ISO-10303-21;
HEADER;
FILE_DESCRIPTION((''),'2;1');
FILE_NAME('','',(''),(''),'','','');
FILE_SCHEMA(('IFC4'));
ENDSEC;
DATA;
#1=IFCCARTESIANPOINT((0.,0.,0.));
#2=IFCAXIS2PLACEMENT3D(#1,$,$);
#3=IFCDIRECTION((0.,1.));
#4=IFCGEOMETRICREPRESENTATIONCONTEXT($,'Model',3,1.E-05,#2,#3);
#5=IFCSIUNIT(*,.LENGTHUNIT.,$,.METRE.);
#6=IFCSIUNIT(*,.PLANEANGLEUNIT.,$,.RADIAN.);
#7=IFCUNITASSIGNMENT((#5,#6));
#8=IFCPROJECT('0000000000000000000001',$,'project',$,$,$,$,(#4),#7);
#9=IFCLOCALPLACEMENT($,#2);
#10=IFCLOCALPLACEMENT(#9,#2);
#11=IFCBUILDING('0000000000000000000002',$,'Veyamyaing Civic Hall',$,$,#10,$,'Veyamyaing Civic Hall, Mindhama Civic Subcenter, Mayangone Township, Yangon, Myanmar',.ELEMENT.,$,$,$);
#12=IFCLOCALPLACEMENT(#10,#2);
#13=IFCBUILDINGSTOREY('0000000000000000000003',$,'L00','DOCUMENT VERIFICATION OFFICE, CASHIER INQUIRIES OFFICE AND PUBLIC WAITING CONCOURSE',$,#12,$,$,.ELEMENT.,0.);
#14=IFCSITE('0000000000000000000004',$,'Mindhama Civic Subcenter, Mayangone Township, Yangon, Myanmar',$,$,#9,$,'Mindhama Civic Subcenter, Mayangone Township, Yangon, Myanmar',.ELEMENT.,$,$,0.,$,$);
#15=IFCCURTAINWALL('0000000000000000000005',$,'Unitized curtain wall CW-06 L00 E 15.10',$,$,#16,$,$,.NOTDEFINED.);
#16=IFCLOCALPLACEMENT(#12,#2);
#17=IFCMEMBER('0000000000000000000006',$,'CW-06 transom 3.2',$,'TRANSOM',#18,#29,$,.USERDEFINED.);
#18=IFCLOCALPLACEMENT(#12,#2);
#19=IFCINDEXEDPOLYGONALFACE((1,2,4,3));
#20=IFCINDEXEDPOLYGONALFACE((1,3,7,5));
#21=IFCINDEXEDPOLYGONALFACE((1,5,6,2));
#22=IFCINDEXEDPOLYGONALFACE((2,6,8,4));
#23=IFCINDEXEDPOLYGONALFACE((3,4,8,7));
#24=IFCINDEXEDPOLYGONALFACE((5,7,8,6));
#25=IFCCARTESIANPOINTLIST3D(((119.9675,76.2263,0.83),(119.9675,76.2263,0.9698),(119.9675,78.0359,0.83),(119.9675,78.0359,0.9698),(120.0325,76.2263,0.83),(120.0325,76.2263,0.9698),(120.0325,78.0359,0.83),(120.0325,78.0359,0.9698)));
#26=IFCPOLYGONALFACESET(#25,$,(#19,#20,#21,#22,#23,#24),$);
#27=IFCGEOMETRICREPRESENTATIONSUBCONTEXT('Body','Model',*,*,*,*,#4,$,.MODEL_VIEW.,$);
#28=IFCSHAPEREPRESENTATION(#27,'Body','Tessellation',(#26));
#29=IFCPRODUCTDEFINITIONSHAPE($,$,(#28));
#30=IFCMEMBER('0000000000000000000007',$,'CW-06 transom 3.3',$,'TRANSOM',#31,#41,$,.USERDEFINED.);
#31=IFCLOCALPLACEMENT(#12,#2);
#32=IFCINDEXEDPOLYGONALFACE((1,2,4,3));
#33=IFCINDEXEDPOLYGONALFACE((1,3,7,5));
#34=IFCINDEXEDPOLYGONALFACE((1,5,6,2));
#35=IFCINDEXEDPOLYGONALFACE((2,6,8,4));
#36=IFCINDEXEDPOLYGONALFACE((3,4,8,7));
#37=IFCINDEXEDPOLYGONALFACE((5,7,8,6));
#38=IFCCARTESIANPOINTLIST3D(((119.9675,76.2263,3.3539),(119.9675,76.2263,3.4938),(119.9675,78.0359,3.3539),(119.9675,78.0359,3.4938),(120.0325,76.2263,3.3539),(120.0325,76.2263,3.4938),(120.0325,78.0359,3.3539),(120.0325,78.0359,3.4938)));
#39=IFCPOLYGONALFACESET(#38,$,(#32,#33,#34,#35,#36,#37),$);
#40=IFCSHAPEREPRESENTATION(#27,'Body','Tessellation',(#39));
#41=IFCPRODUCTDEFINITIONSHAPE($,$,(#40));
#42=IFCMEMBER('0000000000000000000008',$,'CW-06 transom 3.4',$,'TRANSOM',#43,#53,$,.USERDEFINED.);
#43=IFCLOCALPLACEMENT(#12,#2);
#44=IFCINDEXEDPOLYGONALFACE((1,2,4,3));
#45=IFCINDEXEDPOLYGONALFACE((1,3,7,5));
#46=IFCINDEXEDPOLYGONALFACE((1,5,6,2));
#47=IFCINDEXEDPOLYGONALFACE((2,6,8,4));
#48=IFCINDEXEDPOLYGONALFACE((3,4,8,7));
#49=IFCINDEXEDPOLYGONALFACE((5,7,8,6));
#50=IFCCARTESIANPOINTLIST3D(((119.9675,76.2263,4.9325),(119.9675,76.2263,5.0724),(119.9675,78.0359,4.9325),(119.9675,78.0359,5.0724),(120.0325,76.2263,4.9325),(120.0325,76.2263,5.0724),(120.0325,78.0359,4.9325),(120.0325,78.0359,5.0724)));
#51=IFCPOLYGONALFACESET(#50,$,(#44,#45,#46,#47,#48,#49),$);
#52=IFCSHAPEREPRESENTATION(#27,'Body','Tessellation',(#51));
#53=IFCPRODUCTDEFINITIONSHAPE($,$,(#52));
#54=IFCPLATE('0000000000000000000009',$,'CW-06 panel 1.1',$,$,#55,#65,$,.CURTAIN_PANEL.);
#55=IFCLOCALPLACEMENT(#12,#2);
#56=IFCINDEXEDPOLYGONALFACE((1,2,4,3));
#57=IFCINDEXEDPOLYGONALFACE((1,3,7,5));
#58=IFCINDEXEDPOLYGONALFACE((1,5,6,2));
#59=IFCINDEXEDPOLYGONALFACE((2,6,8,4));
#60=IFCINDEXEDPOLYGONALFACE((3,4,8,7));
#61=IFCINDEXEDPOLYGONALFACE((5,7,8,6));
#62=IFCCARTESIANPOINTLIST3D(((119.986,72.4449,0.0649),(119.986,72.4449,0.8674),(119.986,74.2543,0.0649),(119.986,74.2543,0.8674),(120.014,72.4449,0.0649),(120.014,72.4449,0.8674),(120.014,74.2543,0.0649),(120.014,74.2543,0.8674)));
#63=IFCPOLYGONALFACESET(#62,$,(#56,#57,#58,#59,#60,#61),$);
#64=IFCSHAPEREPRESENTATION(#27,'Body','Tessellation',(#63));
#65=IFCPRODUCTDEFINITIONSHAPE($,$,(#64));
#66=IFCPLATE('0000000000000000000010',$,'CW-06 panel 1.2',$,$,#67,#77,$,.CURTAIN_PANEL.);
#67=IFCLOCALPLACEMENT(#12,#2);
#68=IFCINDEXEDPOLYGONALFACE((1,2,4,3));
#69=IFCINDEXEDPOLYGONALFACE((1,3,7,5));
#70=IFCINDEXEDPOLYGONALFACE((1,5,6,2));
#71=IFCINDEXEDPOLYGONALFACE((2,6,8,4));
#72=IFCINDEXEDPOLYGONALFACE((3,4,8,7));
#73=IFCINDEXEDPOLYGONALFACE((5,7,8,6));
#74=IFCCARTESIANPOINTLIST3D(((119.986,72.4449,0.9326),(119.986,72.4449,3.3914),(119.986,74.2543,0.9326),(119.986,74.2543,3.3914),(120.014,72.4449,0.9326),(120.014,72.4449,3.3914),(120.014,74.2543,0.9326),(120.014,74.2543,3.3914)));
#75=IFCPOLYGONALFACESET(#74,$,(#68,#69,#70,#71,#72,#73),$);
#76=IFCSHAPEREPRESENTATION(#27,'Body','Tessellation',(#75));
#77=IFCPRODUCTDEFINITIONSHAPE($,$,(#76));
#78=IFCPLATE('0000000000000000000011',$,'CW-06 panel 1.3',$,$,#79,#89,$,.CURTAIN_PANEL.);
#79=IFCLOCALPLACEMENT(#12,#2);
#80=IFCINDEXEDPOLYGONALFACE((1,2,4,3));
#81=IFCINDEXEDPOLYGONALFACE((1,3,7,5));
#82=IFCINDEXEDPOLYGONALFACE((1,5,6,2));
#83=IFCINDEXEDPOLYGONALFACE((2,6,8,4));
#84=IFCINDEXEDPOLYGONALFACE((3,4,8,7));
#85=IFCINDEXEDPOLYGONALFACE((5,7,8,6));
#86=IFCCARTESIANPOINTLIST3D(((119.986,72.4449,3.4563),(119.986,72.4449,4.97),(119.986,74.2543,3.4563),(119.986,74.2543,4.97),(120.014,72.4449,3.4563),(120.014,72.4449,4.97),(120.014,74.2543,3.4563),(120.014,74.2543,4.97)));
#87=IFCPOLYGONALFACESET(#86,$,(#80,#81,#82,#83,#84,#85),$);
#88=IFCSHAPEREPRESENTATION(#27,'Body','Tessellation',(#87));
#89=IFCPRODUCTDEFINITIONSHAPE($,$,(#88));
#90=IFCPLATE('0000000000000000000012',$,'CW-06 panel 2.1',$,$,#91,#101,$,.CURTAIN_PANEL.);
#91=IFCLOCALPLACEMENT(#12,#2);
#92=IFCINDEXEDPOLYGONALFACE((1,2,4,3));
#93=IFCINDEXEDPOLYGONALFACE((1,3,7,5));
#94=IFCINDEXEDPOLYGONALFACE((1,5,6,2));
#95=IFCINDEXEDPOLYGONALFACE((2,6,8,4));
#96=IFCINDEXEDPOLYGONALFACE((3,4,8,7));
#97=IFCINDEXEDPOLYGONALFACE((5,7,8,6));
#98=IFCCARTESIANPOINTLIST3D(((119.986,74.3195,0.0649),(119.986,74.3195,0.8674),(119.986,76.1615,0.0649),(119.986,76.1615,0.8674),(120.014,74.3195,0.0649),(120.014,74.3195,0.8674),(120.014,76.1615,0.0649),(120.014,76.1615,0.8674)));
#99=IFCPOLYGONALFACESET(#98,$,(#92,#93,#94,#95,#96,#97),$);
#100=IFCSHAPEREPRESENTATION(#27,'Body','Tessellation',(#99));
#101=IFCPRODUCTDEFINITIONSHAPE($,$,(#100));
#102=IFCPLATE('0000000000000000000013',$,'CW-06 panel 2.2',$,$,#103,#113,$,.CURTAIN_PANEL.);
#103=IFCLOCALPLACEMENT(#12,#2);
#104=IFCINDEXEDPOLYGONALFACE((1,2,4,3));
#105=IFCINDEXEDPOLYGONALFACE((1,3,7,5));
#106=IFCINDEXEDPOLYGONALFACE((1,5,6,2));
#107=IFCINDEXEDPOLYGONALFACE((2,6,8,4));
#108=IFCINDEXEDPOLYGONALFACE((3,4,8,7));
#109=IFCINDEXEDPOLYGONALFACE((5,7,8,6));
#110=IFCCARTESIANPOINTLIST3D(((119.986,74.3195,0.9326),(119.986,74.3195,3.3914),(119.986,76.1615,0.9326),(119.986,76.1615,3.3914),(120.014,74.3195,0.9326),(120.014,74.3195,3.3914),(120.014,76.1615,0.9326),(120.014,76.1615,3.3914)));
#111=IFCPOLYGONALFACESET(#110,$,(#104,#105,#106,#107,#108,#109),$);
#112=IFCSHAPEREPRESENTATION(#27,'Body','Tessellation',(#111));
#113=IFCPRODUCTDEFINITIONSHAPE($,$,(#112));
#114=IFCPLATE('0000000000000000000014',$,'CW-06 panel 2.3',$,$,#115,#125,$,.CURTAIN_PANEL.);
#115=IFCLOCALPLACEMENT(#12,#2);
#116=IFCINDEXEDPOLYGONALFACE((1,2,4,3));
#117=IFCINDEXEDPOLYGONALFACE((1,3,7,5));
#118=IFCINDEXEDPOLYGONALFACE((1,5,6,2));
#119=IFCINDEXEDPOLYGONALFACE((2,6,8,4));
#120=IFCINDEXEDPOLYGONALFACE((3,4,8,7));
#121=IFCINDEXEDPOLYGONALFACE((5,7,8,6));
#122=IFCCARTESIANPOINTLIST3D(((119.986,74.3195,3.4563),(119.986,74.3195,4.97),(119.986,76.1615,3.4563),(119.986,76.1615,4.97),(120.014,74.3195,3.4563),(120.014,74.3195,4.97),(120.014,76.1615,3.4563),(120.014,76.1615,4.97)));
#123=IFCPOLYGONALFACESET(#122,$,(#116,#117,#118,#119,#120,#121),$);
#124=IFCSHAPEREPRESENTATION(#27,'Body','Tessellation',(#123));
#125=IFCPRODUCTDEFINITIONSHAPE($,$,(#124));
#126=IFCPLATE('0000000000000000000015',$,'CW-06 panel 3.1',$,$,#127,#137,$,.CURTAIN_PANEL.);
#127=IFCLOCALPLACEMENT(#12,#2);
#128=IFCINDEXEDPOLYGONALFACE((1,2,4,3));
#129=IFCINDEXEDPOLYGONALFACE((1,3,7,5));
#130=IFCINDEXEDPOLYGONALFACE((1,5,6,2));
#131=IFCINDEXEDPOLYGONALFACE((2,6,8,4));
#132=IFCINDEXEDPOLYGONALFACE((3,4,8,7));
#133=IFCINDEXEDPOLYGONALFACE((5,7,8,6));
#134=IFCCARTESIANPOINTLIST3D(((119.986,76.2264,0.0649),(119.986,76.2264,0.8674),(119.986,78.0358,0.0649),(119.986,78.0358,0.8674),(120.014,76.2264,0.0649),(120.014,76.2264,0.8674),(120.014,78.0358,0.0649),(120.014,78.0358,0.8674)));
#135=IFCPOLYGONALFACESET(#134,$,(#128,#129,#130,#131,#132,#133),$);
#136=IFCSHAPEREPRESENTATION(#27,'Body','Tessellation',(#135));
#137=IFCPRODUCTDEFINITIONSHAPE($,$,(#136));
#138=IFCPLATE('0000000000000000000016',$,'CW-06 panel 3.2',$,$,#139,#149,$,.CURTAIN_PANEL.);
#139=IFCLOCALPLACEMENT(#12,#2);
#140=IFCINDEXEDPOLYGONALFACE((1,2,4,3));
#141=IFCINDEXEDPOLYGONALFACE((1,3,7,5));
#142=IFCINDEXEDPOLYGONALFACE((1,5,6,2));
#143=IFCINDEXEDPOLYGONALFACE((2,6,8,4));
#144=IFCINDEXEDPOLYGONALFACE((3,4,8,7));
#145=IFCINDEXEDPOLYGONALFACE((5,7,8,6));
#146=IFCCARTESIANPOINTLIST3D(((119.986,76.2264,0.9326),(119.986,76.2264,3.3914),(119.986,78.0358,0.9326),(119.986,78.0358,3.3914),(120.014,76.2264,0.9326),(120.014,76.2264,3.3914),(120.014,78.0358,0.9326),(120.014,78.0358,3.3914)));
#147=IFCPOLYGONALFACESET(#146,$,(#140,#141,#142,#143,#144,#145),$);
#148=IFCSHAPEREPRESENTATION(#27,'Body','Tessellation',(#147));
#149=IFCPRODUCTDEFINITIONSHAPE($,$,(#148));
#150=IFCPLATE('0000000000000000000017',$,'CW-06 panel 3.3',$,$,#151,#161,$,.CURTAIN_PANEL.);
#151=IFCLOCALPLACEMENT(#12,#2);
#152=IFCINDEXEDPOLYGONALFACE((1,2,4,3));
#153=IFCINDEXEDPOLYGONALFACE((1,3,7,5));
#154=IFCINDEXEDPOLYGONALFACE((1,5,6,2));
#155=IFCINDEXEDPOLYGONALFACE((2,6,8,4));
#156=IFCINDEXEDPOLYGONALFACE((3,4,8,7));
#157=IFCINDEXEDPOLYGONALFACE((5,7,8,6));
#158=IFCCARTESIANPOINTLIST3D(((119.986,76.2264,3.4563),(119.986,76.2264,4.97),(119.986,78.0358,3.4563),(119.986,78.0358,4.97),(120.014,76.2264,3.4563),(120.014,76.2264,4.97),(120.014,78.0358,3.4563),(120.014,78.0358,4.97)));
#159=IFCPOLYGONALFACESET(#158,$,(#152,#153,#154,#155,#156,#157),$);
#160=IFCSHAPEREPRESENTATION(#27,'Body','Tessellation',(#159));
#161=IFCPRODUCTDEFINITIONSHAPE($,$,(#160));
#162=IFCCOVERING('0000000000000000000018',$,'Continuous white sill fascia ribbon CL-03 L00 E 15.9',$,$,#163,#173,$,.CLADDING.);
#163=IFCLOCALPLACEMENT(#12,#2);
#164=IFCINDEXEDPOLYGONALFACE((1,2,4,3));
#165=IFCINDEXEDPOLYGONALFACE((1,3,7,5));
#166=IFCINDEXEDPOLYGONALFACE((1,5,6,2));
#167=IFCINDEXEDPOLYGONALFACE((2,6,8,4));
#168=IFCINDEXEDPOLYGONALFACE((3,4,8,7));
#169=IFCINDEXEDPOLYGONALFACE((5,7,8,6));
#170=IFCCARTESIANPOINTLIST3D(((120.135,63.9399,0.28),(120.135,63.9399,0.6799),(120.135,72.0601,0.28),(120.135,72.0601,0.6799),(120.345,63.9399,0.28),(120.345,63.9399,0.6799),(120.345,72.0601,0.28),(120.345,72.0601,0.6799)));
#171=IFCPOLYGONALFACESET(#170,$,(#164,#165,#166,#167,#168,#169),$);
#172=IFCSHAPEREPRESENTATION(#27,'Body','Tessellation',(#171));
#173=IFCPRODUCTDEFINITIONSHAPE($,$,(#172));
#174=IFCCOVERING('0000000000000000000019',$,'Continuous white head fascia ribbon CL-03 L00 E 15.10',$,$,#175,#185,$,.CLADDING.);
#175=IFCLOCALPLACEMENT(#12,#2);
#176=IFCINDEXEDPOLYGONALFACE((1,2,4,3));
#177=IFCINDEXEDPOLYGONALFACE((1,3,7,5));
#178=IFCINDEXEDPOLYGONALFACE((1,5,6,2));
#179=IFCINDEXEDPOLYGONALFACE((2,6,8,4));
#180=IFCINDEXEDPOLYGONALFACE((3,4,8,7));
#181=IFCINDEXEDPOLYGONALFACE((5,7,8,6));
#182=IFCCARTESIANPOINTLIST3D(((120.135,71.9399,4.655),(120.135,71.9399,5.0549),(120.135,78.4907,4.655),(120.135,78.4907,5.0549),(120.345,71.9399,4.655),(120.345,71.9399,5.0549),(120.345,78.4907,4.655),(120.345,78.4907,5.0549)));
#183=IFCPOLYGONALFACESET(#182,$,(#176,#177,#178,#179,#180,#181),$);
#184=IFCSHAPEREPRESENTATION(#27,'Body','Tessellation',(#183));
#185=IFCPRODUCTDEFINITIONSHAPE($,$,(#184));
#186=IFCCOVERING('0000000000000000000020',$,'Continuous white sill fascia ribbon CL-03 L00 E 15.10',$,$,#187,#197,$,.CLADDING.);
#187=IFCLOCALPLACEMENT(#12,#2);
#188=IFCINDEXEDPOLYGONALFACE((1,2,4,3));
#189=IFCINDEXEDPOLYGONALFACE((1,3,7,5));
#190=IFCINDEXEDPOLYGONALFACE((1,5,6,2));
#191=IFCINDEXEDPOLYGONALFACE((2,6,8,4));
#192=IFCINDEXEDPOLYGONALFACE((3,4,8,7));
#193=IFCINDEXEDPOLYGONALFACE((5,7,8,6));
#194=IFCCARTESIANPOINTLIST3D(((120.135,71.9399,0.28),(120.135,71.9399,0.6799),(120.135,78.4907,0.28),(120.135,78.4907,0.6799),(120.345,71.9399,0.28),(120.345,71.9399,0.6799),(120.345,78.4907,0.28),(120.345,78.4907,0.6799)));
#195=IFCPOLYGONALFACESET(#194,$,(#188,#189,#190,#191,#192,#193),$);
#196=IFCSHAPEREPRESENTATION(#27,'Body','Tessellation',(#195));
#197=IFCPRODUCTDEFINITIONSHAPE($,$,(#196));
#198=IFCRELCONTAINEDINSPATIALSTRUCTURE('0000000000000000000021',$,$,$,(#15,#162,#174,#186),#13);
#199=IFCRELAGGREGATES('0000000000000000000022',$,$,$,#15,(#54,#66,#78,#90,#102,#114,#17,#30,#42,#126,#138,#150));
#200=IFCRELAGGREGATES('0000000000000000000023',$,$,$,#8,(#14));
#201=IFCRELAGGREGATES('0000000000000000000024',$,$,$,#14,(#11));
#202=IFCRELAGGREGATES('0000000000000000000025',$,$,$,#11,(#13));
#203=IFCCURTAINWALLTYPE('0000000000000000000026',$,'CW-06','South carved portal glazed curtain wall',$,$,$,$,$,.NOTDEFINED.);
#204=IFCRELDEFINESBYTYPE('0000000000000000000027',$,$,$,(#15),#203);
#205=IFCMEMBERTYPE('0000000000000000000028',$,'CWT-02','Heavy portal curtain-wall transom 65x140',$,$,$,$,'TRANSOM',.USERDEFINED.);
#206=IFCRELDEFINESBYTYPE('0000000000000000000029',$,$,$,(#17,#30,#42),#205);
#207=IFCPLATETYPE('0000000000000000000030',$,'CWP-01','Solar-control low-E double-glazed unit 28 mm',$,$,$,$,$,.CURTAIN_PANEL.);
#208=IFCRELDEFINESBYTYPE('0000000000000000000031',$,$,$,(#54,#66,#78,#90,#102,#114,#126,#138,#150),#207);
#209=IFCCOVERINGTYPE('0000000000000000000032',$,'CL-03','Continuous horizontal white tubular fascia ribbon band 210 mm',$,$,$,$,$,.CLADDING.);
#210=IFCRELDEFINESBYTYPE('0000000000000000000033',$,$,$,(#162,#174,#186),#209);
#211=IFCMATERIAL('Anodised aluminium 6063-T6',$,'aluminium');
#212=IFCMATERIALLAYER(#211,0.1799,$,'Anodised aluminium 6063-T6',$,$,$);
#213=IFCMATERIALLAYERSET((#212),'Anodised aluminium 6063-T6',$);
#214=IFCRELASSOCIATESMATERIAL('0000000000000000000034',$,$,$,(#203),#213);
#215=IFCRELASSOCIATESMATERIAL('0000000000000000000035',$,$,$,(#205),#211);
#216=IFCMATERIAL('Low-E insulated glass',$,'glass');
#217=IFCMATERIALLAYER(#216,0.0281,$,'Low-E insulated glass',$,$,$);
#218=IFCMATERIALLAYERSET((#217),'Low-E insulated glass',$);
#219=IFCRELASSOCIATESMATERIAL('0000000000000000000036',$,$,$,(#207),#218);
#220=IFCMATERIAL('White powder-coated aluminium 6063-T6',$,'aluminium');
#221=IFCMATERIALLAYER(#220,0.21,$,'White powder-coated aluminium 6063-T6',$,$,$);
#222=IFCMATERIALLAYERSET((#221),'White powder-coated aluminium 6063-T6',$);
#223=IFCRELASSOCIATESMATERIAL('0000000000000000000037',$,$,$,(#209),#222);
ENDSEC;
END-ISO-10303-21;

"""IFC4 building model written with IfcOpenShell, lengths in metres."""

from ifc_helpers import new_model, si_unit, direction, frame, origin, origin_2d, place, context, subcontext, project, spatial, rectangle, extrude, material, layer, layer_set, material_profile, profile_set, type_object, element, aggregate, save


model = new_model("IFC4")

# Units and contexts
model_context = context("Model", 3, precision=1e-05, world=origin(), true_north=direction((0.0, 1.0)))
body_context = subcontext(model_context, "Body", "Model", "MODEL_VIEW")
ifc_project = project(units=[si_unit("LENGTHUNIT", "METRE"), si_unit("PLANEANGLEUNIT", "RADIAN")], contexts=[model_context])

# Site, building, storey
site_placement = place(None, origin())
site = spatial("IfcSite", under=ifc_project, at=site_placement, Name="Mindhama Civic Subcenter, Mayangone Township, Yangon, Myanmar", LongName="Mindhama Civic Subcenter, Mayangone Township, Yangon, Myanmar", CompositionType="ELEMENT", RefElevation=0.0)
building_placement = place(site_placement, origin())
building = spatial("IfcBuilding", under=site, at=building_placement, Name="Veyamyaing Civic Hall", LongName="Veyamyaing Civic Hall, Mindhama Civic Subcenter, Mayangone Township, Yangon, Myanmar", CompositionType="ELEMENT")
storey_placement = place(building_placement, origin())
storey = spatial("IfcBuildingStorey", under=building, at=storey_placement, Name="L00", Description="DOCUMENT VERIFICATION OFFICE, CASHIER INQUIRIES OFFICE AND PUBLIC WAITING CONCOURSE", CompositionType="ELEMENT", Elevation=0.0)

# Curtain wall, members, plates
ifc_material_1 = material(Name="Anodised aluminium 6063-T6", Category="aluminium")
ifc_layer_1 = layer(ifc_material_1, 0.1799, Name="Anodised aluminium 6063-T6")
ifc_layer_set_1 = layer_set([ifc_layer_1], Name="Anodised aluminium 6063-T6")
curtain_wall_type = type_object("IfcCurtainWallType", Name="CW-06", Description="South carved portal glazed curtain wall", PredefinedType="NOTDEFINED", material=ifc_layer_set_1)
curtain_wall_placement = place(storey_placement, origin())
curtain_wall = element("IfcCurtainWall", 1, at=curtain_wall_placement, inside=storey, type_object=curtain_wall_type, Name="Unitized curtain wall CW-06 L00 E 15.10", PredefinedType="NOTDEFINED")
ifc_material_profile_1 = material_profile(ifc_material_1, rectangle(XDim=0.0649, YDim=0.1399, at=origin_2d()), Name="ALU-TRN-65X140")
ifc_profile_set_1 = profile_set([ifc_material_profile_1], Name="Anodised aluminium 6063-T6")
member_type_1 = type_object("IfcMemberType", Name="CWT-02", Description="Heavy portal curtain-wall transom 65x140", ElementType="TRANSOM", PredefinedType="USERDEFINED", material=ifc_profile_set_1)
member_1_placement = place(storey_placement, frame((120.0, 76.2263, 0.8999), z_axis=(0.0, 1.0, 0.0), x_axis=(-1.0, 0.0, 0.0)))
member_1 = element("IfcMember", 2, at=member_1_placement, type_object=member_type_1, Name="CW-06 transom 3.2", ObjectType="TRANSOM", PredefinedType="USERDEFINED", context=body_context, shape_type="SweptSolid", body=[
    extrude(rectangle(XDim=0.0649, YDim=0.1399, at=origin_2d()), origin(), (0.0, 0.0, 1.0), 1.8096),
])
member_2_placement = place(storey_placement, frame((120.0, 76.2263, 3.4238), z_axis=(0.0, 1.0, 0.0), x_axis=(-1.0, 0.0, 0.0)))
member_2 = element("IfcMember", 3, at=member_2_placement, type_object=member_type_1, Name="CW-06 transom 3.3", ObjectType="TRANSOM", PredefinedType="USERDEFINED", context=body_context, shape_type="SweptSolid", body=[
    extrude(rectangle(XDim=0.0649, YDim=0.1399, at=origin_2d()), origin(), (0.0, 0.0, 1.0), 1.8096),
])
member_3_placement = place(storey_placement, frame((120.0, 76.2263, 5.0024), z_axis=(0.0, 1.0, 0.0), x_axis=(-1.0, 0.0, 0.0)))
member_3 = element("IfcMember", 4, at=member_3_placement, type_object=member_type_1, Name="CW-06 transom 3.4", ObjectType="TRANSOM", PredefinedType="USERDEFINED", context=body_context, shape_type="SweptSolid", body=[
    extrude(rectangle(XDim=0.0649, YDim=0.1399, at=origin_2d()), origin(), (0.0, 0.0, 1.0), 1.8096),
])
ifc_material_2 = material(Name="Low-E insulated glass", Category="glass")
ifc_layer_2 = layer(ifc_material_2, 0.0281, Name="Low-E insulated glass")
ifc_layer_set_2 = layer_set([ifc_layer_2], Name="Low-E insulated glass")
plate_type = type_object("IfcPlateType", Name="CWP-01", Description="Solar-control low-E double-glazed unit 28 mm", PredefinedType="CURTAIN_PANEL", material=ifc_layer_set_2)
plate_1_placement = place(storey_placement, frame((120.0, 73.3496, 0.0649), z_axis=(0.0, 0.0, 1.0), x_axis=(0.0, 1.0, 0.0)))
plate_1 = element("IfcPlate", 5, at=plate_1_placement, type_object=plate_type, Name="CW-06 panel 1.1", PredefinedType="CURTAIN_PANEL", context=body_context, shape_type="SweptSolid", body=[
    extrude(rectangle(XDim=1.8093, YDim=0.0281, at=origin_2d()), origin(), (0.0, 0.0, 1.0), 0.8025),
])
plate_2_placement = place(storey_placement, frame((120.0, 73.3496, 0.9326), z_axis=(0.0, 0.0, 1.0), x_axis=(0.0, 1.0, 0.0)))
plate_2 = element("IfcPlate", 6, at=plate_2_placement, type_object=plate_type, Name="CW-06 panel 1.2", PredefinedType="CURTAIN_PANEL", context=body_context, shape_type="SweptSolid", body=[
    extrude(rectangle(XDim=1.8093, YDim=0.0281, at=origin_2d()), origin(), (0.0, 0.0, 1.0), 2.4587),
])
plate_3_placement = place(storey_placement, frame((120.0, 73.3496, 3.4563), z_axis=(0.0, 0.0, 1.0), x_axis=(0.0, 1.0, 0.0)))
plate_3 = element("IfcPlate", 7, at=plate_3_placement, type_object=plate_type, Name="CW-06 panel 1.3", PredefinedType="CURTAIN_PANEL", context=body_context, shape_type="SweptSolid", body=[
    extrude(rectangle(XDim=1.8093, YDim=0.0281, at=origin_2d()), origin(), (0.0, 0.0, 1.0), 1.5137),
])
plate_4_placement = place(storey_placement, frame((120.0, 75.2405, 0.0649), z_axis=(0.0, 0.0, 1.0), x_axis=(0.0, 1.0, 0.0)))
plate_4 = element("IfcPlate", 8, at=plate_4_placement, type_object=plate_type, Name="CW-06 panel 2.1", PredefinedType="CURTAIN_PANEL", context=body_context, shape_type="SweptSolid", body=[
    extrude(rectangle(XDim=1.842, YDim=0.0281, at=origin_2d()), origin(), (0.0, 0.0, 1.0), 0.8025),
])
plate_5_placement = place(storey_placement, frame((120.0, 75.2405, 0.9326), z_axis=(0.0, 0.0, 1.0), x_axis=(0.0, 1.0, 0.0)))
plate_5 = element("IfcPlate", 9, at=plate_5_placement, type_object=plate_type, Name="CW-06 panel 2.2", PredefinedType="CURTAIN_PANEL", context=body_context, shape_type="SweptSolid", body=[
    extrude(rectangle(XDim=1.842, YDim=0.0281, at=origin_2d()), origin(), (0.0, 0.0, 1.0), 2.4587),
])
plate_6_placement = place(storey_placement, frame((120.0, 75.2405, 3.4563), z_axis=(0.0, 0.0, 1.0), x_axis=(0.0, 1.0, 0.0)))
plate_6 = element("IfcPlate", 10, at=plate_6_placement, type_object=plate_type, Name="CW-06 panel 2.3", PredefinedType="CURTAIN_PANEL", context=body_context, shape_type="SweptSolid", body=[
    extrude(rectangle(XDim=1.842, YDim=0.0281, at=origin_2d()), origin(), (0.0, 0.0, 1.0), 1.5137),
])
plate_7_placement = place(storey_placement, frame((120.0, 77.1311, 0.0649), z_axis=(0.0, 0.0, 1.0), x_axis=(0.0, 1.0, 0.0)))
plate_7 = element("IfcPlate", 11, at=plate_7_placement, type_object=plate_type, Name="CW-06 panel 3.1", PredefinedType="CURTAIN_PANEL", context=body_context, shape_type="SweptSolid", body=[
    extrude(rectangle(XDim=1.8093, YDim=0.0281, at=origin_2d()), origin(), (0.0, 0.0, 1.0), 0.8025),
])
plate_8_placement = place(storey_placement, frame((120.0, 77.1311, 0.9326), z_axis=(0.0, 0.0, 1.0), x_axis=(0.0, 1.0, 0.0)))
plate_8 = element("IfcPlate", 12, at=plate_8_placement, type_object=plate_type, Name="CW-06 panel 3.2", PredefinedType="CURTAIN_PANEL", context=body_context, shape_type="SweptSolid", body=[
    extrude(rectangle(XDim=1.8093, YDim=0.0281, at=origin_2d()), origin(), (0.0, 0.0, 1.0), 2.4587),
])
plate_9_placement = place(storey_placement, frame((120.0, 77.1311, 3.4563), z_axis=(0.0, 0.0, 1.0), x_axis=(0.0, 1.0, 0.0)))
plate_9 = element("IfcPlate", 13, at=plate_9_placement, type_object=plate_type, Name="CW-06 panel 3.3", PredefinedType="CURTAIN_PANEL", context=body_context, shape_type="SweptSolid", body=[
    extrude(rectangle(XDim=1.8093, YDim=0.0281, at=origin_2d()), origin(), (0.0, 0.0, 1.0), 1.5137),
])
aggregate(curtain_wall, [plate_1, plate_2, plate_3, plate_4, plate_5, plate_6, member_1, member_2, member_3, plate_7, plate_8, plate_9])

# Coverings
ifc_material_3 = material(Name="White powder-coated aluminium 6063-T6", Category="aluminium")
ifc_layer_3 = layer(ifc_material_3, 0.21, Name="White powder-coated aluminium 6063-T6")
ifc_layer_set_3 = layer_set([ifc_layer_3], Name="White powder-coated aluminium 6063-T6")
covering_type = type_object("IfcCoveringType", Name="CL-03", Description="Continuous horizontal white tubular fascia ribbon band 210 mm", PredefinedType="CLADDING", material=ifc_layer_set_3)
covering_placement = place(storey_placement, frame((120.24, 68.0, 0.28), z_axis=(0.0, 0.0, 1.0), x_axis=(0.0, 1.0, 0.0)))
element("IfcCovering", 14, at=covering_placement, inside=storey, type_object=covering_type, Name="Continuous white sill fascia ribbon CL-03 L00 E 15.9", PredefinedType="CLADDING", context=body_context, shape_type="SweptSolid", body=[
    extrude(rectangle(XDim=8.1201, YDim=0.21, at=origin_2d()), origin(), (0.0, 0.0, 1.0), 0.3999),
])
for number, where, z_axis, x_axis, name in (
    (15, (120.24, 75.2153, 4.655), (0.0, 0.0, 1.0), (0.0, 1.0, 0.0), "Continuous white head fascia ribbon CL-03 L00 E 15.10"),
    (16, (120.24, 75.2153, 0.28), (0.0, 0.0, 1.0), (0.0, 1.0, 0.0), "Continuous white sill fascia ribbon CL-03 L00 E 15.10"),
):
    element("IfcCovering", number, at=place(storey_placement, frame(where, z_axis=z_axis, x_axis=x_axis)), inside=storey, type_object=covering_type, Name=name, PredefinedType="CLADDING", context=body_context, shape_type="SweptSolid", body=[
        extrude(rectangle(XDim=6.5508, YDim=0.21, at=origin_2d()), origin(), (0.0, 0.0, 1.0), 0.3999),
    ])

save(model, "model.ifc")
